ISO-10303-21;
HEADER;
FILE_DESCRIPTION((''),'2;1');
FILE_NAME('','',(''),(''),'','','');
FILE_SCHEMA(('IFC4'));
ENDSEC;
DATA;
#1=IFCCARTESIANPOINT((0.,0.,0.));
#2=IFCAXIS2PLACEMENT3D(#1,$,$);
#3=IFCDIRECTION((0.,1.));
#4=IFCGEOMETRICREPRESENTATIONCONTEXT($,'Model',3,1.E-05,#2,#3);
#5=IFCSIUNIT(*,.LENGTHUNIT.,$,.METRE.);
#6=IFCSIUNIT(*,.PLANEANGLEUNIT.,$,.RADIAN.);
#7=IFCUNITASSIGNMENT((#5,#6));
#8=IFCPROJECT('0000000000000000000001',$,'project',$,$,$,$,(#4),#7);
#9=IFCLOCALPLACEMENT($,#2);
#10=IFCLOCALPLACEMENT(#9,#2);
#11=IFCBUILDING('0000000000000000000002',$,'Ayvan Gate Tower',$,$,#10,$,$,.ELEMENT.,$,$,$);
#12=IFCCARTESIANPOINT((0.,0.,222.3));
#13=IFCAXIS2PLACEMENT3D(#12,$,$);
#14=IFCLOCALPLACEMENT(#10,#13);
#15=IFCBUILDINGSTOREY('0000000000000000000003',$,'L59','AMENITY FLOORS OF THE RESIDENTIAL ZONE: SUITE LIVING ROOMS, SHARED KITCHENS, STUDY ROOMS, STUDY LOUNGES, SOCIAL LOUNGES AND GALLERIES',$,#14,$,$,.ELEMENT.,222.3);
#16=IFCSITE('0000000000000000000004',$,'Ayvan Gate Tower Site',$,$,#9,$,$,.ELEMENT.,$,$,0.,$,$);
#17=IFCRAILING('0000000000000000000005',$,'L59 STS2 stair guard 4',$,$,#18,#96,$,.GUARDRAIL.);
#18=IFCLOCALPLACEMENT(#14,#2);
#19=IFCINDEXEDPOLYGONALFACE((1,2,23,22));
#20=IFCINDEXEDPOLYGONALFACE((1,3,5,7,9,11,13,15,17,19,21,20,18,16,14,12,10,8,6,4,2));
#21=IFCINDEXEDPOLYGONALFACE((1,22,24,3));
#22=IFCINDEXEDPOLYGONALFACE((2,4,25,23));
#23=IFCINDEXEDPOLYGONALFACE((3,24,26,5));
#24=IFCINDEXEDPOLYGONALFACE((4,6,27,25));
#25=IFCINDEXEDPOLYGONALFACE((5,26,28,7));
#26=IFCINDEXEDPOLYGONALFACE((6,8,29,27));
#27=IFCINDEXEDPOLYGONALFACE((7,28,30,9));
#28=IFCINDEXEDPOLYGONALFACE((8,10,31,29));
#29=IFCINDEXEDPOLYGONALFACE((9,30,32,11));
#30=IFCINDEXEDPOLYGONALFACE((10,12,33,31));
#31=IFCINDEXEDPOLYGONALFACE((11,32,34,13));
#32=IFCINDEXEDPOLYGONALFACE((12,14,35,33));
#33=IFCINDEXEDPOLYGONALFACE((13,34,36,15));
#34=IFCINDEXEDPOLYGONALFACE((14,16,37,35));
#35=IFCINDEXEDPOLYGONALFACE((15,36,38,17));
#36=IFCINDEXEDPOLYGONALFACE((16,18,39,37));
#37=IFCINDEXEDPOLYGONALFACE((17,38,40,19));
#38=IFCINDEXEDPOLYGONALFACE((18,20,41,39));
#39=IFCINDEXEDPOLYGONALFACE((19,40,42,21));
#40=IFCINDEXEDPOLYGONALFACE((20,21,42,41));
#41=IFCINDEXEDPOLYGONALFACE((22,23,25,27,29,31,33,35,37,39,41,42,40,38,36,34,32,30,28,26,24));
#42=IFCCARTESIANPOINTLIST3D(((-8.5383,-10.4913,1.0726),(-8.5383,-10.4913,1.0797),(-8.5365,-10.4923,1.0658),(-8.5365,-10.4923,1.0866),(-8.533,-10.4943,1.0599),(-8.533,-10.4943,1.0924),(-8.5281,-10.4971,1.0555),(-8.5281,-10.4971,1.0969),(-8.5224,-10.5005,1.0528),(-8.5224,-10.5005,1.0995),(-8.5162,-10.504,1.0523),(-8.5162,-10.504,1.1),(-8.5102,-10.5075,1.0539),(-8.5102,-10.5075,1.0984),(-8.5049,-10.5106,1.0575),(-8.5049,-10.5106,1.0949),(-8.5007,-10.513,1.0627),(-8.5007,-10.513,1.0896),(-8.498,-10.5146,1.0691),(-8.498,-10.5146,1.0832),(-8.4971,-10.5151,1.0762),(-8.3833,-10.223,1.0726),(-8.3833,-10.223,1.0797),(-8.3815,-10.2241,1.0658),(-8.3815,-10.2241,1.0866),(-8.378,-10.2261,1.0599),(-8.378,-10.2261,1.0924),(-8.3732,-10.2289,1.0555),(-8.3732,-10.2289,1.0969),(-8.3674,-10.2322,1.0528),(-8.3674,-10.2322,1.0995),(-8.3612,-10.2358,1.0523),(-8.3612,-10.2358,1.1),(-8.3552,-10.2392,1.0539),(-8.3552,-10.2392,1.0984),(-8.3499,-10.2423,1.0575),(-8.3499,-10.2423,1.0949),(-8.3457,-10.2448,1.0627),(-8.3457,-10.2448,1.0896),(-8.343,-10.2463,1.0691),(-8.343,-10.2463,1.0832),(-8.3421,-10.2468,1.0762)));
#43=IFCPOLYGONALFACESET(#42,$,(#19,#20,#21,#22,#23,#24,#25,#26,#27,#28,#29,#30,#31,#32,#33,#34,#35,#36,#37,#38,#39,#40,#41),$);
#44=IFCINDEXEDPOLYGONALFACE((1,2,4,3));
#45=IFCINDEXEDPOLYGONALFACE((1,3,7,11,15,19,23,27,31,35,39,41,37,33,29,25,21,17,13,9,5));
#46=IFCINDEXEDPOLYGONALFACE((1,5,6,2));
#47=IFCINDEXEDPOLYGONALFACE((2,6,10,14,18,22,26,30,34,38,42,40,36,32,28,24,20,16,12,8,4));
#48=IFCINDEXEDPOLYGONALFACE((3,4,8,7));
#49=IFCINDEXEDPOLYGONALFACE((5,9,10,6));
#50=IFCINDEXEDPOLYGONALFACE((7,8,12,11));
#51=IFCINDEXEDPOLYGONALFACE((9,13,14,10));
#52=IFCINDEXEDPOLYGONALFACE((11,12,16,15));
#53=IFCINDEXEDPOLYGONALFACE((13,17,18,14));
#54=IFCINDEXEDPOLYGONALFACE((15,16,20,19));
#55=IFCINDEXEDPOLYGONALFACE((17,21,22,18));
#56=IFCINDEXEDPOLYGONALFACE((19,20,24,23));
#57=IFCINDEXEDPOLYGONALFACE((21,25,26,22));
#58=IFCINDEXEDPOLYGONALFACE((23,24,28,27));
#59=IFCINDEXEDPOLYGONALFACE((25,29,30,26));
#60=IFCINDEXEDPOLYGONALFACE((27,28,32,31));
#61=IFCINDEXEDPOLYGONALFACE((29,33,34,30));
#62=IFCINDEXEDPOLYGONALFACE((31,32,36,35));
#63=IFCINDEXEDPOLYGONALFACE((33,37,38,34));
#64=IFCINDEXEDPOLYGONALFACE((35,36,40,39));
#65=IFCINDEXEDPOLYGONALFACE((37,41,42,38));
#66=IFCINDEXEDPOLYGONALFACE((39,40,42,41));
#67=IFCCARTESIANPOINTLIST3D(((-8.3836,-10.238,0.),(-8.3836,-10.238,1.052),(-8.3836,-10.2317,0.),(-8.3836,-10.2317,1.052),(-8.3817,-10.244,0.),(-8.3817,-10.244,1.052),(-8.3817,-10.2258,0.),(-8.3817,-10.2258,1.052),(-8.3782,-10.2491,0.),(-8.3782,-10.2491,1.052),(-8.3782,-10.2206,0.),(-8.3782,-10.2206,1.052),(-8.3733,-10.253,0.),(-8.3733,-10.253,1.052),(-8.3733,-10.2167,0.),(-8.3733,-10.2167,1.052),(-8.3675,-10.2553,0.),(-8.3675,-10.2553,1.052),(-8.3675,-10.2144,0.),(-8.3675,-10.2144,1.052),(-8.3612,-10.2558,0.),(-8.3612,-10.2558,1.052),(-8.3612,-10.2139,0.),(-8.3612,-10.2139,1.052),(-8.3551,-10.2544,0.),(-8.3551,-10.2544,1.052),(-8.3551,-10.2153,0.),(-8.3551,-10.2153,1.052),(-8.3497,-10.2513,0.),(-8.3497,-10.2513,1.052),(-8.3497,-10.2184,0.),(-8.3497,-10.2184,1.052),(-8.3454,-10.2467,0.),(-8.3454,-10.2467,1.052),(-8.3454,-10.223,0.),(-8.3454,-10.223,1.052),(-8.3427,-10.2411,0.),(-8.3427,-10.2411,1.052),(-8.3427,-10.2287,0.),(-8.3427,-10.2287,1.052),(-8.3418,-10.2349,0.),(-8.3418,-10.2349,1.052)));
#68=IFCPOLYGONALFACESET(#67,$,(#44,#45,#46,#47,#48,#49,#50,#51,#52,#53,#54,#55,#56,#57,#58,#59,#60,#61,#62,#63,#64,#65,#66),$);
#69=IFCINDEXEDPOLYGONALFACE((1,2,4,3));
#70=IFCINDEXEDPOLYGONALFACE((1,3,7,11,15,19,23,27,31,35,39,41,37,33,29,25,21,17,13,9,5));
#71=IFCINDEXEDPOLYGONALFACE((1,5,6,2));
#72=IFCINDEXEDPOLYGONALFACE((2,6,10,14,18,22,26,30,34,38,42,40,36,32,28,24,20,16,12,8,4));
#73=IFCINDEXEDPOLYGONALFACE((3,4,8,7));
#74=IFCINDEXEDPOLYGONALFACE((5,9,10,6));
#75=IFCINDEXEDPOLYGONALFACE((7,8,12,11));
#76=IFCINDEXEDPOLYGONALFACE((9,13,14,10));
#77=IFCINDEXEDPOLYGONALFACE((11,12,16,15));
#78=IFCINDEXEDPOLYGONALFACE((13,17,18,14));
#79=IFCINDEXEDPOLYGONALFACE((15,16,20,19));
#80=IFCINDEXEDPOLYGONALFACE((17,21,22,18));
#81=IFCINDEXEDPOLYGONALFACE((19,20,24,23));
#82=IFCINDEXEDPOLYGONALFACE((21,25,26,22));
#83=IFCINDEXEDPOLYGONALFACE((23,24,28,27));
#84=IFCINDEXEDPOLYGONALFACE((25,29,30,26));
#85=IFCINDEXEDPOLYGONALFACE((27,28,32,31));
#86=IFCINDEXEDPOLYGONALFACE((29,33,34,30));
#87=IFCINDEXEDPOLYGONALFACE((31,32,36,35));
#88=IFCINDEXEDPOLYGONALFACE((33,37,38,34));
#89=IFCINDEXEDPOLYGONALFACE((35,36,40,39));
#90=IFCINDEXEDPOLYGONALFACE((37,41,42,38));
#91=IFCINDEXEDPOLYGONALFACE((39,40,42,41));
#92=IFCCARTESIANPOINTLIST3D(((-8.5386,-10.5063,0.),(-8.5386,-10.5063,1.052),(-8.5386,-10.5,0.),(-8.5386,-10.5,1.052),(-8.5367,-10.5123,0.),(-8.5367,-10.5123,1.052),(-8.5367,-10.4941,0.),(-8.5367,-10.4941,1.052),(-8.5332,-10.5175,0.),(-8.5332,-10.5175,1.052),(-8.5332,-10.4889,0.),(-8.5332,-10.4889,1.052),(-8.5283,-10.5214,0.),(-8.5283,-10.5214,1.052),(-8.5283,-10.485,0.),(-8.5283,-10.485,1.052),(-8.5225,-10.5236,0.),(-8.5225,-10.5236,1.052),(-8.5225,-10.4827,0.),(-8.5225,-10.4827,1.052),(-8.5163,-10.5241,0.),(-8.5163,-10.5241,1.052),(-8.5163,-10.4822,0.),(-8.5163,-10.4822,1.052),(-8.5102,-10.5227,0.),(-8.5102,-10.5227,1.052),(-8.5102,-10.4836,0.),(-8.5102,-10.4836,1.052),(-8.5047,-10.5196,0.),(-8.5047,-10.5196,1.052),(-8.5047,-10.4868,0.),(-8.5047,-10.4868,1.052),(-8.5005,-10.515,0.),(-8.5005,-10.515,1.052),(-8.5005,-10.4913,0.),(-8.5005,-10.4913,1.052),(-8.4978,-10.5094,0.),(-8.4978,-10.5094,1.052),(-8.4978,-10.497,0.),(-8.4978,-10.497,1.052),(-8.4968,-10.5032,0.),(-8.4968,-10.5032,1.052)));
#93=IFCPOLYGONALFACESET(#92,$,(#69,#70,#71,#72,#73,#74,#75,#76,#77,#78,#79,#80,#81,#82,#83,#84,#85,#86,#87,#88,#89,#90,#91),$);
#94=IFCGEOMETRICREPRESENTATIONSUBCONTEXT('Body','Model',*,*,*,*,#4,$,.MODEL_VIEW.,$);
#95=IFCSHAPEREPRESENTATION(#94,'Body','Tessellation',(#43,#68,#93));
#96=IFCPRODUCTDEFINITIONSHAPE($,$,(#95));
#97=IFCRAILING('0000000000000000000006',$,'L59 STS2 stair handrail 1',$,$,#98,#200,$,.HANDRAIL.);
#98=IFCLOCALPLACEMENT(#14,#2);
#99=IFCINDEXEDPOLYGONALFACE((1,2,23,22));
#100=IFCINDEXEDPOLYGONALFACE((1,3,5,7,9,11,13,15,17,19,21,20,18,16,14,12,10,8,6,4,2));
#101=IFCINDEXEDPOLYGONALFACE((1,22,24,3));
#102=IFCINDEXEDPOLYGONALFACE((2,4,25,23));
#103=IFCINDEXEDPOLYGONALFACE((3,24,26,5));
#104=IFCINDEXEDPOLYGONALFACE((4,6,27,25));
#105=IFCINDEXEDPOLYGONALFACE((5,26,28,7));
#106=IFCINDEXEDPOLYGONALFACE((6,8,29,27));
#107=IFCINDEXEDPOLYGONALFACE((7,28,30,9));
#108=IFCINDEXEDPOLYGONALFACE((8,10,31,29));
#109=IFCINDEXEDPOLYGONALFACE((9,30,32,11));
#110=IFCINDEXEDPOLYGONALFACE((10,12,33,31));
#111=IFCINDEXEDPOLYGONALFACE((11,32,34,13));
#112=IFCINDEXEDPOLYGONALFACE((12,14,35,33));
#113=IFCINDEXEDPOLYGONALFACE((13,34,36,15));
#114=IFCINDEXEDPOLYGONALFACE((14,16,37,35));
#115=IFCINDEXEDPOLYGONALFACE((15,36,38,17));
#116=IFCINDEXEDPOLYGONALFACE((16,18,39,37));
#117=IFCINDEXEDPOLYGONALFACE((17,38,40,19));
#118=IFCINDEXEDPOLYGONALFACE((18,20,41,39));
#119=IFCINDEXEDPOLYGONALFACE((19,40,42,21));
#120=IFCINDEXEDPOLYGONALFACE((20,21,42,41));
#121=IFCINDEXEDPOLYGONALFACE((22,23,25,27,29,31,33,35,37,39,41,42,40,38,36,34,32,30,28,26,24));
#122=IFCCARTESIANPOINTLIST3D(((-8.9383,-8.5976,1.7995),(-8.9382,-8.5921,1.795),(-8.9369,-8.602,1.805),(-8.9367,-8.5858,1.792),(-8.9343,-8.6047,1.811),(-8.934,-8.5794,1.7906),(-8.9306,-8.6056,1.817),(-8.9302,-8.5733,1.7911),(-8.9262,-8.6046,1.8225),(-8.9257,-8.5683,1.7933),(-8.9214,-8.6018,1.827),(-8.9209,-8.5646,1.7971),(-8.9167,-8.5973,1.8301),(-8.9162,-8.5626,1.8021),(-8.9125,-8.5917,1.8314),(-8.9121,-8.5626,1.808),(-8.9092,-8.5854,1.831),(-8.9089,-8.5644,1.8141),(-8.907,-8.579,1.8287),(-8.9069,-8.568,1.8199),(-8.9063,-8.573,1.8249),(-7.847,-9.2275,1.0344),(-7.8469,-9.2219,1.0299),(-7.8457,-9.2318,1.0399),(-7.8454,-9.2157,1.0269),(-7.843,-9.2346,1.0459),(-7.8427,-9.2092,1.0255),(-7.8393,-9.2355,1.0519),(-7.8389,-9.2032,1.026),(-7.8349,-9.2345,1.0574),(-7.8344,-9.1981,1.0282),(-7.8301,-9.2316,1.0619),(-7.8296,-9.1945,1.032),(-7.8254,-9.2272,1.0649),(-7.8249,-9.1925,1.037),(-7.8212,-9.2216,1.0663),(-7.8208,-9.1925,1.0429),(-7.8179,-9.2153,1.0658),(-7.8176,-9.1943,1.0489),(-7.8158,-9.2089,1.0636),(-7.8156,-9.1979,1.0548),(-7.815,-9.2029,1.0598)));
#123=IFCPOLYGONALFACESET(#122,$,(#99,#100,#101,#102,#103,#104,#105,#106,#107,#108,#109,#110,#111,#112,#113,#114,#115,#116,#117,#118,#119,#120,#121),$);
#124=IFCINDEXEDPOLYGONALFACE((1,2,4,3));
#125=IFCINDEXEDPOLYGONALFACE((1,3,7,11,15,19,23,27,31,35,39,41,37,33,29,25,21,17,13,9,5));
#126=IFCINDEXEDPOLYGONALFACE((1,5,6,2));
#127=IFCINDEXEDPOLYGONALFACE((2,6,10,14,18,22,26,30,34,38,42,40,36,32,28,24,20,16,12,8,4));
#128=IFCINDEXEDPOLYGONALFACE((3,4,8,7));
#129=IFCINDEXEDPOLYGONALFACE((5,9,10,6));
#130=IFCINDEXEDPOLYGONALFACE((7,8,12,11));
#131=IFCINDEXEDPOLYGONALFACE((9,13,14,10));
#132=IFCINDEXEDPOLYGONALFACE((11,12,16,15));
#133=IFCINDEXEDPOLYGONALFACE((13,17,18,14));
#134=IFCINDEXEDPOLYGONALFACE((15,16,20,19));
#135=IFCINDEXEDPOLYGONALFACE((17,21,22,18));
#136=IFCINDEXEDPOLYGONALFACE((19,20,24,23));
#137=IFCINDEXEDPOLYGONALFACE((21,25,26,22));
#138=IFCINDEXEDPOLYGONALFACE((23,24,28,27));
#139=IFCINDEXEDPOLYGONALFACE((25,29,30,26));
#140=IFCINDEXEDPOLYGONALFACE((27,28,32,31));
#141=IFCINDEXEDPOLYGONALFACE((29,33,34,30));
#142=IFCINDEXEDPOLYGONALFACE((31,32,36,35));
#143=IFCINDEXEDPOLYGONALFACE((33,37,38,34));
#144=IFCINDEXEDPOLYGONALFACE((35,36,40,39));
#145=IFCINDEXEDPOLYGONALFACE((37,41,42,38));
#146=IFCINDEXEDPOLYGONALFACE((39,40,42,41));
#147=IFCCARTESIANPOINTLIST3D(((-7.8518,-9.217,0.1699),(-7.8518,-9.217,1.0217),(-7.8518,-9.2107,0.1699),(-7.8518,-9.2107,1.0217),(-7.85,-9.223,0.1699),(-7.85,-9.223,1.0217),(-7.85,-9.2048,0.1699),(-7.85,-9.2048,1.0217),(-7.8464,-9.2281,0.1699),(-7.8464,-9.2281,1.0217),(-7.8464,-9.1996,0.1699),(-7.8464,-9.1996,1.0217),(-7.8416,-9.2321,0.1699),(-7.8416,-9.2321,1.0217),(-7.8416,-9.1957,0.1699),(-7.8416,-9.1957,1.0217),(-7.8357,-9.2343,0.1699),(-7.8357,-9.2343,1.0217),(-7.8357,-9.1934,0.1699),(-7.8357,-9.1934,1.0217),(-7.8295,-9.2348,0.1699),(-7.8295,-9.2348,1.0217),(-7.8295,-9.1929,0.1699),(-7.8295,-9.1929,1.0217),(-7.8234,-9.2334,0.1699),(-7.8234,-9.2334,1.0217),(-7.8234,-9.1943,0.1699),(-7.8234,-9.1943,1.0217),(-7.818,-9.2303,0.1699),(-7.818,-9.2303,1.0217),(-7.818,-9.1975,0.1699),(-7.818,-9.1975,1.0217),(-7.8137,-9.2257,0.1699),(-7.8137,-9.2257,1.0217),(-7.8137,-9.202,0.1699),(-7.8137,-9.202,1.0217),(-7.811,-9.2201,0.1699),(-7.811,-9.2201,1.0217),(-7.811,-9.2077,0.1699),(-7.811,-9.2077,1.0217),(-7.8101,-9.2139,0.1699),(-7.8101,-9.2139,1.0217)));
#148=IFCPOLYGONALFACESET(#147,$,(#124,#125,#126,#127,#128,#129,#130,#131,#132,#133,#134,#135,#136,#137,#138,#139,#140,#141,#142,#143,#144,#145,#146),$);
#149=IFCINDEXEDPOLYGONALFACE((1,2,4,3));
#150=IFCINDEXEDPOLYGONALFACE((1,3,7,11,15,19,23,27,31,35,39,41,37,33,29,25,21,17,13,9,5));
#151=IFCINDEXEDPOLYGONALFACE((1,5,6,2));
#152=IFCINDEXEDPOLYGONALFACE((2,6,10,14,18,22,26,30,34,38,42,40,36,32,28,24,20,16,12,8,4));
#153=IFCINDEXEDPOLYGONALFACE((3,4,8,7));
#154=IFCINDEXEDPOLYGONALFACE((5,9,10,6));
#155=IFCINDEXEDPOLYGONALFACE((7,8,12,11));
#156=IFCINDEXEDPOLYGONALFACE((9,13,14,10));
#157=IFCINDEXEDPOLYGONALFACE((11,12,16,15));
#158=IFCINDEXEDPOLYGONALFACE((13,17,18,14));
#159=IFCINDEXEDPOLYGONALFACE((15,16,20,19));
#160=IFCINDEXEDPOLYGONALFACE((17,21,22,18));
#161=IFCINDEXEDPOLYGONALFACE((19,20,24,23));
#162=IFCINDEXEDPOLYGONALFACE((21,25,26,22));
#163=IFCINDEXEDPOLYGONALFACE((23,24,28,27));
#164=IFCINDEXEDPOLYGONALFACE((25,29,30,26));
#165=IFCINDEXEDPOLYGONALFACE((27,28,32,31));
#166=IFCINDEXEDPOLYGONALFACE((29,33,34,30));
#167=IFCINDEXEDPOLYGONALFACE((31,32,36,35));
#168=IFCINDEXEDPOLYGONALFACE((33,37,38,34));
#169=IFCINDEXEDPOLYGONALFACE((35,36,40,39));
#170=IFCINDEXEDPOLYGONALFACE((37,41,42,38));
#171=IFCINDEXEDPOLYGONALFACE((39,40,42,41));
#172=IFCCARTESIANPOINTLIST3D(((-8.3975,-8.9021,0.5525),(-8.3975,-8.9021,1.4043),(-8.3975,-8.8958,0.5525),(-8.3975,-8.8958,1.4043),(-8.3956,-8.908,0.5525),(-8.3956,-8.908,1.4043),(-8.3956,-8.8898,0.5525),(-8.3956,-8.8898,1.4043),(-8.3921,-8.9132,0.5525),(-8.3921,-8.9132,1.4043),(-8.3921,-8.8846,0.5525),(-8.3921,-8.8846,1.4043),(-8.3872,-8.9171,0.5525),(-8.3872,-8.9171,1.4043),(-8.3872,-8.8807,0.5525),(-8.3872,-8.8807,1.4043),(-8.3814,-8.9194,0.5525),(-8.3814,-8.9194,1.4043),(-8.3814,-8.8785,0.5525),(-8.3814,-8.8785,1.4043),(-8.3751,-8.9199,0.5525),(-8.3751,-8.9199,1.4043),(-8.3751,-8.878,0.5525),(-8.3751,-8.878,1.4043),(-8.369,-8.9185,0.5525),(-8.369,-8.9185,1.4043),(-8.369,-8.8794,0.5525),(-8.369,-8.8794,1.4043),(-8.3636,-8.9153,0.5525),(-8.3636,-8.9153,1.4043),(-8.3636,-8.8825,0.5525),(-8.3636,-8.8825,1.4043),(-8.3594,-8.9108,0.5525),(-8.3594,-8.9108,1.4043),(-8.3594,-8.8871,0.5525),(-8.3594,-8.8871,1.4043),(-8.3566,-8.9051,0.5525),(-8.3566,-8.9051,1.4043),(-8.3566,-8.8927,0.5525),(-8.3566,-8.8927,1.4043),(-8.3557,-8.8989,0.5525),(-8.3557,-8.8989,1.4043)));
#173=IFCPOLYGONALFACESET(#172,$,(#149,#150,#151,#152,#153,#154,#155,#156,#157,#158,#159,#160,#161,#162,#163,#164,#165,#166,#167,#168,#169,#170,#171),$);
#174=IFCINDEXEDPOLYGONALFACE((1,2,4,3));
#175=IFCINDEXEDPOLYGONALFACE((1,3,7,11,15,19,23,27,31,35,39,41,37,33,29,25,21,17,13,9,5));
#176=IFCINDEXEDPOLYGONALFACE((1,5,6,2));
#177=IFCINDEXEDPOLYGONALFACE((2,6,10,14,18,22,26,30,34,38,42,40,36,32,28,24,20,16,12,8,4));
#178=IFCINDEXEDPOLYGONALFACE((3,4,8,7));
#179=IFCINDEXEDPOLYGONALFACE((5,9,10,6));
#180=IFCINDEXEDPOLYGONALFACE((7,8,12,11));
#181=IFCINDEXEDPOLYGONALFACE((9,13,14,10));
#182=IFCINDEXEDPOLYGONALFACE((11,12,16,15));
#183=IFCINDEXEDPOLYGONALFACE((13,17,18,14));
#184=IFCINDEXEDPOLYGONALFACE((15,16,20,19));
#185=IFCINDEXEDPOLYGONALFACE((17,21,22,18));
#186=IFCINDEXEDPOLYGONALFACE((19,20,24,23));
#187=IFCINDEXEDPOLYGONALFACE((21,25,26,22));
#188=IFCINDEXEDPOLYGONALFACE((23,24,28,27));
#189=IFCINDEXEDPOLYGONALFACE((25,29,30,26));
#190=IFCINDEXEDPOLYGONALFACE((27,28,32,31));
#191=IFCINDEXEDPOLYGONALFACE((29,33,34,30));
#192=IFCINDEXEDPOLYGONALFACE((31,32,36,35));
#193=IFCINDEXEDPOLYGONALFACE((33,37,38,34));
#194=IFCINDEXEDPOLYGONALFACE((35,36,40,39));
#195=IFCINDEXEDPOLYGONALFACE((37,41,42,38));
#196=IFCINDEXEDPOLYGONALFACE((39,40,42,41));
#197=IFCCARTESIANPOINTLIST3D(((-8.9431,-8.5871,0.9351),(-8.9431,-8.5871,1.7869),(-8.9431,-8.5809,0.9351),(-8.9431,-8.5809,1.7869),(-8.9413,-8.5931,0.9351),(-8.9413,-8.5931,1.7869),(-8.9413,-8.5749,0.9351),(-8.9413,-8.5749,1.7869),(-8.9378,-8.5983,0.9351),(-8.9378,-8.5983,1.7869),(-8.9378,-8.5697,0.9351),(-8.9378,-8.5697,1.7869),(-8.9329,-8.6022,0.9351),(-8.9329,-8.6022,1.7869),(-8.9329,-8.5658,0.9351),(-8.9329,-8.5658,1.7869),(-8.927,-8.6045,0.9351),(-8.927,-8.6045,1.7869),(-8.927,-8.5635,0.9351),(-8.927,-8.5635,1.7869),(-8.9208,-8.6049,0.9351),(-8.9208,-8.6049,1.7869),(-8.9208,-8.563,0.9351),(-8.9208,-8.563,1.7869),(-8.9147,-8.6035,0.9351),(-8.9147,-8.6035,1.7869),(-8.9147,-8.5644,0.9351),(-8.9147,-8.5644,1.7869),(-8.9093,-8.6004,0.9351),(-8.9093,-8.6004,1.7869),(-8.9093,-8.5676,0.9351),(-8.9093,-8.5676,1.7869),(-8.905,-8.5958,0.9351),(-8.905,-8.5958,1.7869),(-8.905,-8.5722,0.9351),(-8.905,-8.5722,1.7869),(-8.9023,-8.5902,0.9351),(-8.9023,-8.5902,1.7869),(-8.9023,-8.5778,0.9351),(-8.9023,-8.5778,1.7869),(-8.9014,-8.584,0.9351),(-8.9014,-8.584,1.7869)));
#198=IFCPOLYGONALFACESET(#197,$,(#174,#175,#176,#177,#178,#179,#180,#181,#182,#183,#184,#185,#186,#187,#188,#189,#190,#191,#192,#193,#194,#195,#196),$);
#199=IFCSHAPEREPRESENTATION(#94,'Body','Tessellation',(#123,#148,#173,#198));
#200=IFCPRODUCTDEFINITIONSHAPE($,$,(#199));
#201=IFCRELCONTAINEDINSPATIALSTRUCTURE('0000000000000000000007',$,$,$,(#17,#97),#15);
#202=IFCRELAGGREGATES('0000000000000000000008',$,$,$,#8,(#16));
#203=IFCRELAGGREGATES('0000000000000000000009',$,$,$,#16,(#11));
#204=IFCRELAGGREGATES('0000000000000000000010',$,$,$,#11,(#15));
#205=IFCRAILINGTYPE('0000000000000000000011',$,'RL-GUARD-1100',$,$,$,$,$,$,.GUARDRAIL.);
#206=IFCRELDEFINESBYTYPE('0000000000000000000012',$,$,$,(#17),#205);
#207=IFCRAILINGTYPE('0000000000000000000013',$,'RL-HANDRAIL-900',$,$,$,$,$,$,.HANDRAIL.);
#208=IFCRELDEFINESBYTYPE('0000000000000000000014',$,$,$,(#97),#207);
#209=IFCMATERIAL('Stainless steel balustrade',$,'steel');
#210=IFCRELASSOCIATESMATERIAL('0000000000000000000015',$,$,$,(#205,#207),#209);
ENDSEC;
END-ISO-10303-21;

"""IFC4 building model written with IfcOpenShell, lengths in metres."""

from ifc_helpers import new_model, si_unit, direction, frame, origin, origin_2d, place, context, subcontext, project, spatial, circle, extrude, material, type_object, element, save


model = new_model("IFC4")

# Units and contexts
model_context = context("Model", 3, precision=1e-05, world=origin(), true_north=direction((0.0, 1.0)))
body_context = subcontext(model_context, "Body", "Model", "MODEL_VIEW")
ifc_project = project(units=[si_unit("LENGTHUNIT", "METRE"), si_unit("PLANEANGLEUNIT", "RADIAN")], contexts=[model_context])

# Site, building, storey
site_placement = place(None, origin())
site = spatial("IfcSite", under=ifc_project, at=site_placement, Name="Ayvan Gate Tower Site", CompositionType="ELEMENT", RefElevation=0.0)
building_placement = place(site_placement, origin())
building = spatial("IfcBuilding", under=site, at=building_placement, Name="Ayvan Gate Tower", CompositionType="ELEMENT")
storey_placement = place(building_placement, frame((0.0, 0.0, 222.3)))
storey = spatial("IfcBuildingStorey", under=building, at=storey_placement, Name="L59", Description="AMENITY FLOORS OF THE RESIDENTIAL ZONE: SUITE LIVING ROOMS, SHARED KITCHENS, STUDY ROOMS, STUDY LOUNGES, SOCIAL LOUNGES AND GALLERIES", CompositionType="ELEMENT", Elevation=222.3)

# Railings
ifc_material_1 = material(Name="Stainless steel balustrade", Category="steel")
railing_type_1 = type_object("IfcRailingType", Name="RL-GUARD-1100", PredefinedType="GUARDRAIL", material=ifc_material_1)
railing_1_placement = place(storey_placement, frame((-8.3628, -10.2349, 0.0)))
element("IfcRailing", 1, at=railing_1_placement, inside=storey, type_object=railing_type_1, Name="L59 STS2 stair guard 4", PredefinedType="GUARDRAIL", context=body_context, shape_type="SweptSolid", body=[
    extrude(circle(Radius=0.0239, at=origin_2d()), frame((0.0, 0.0, 1.0762), z_axis=(-0.500291, -0.865857, 0.0), x_axis=(0.865857, -0.500291, 0.0)), (0.0, 0.0, 1.0), 0.3098),
    extrude(circle(Radius=0.021, at=origin_2d()), origin(), (0.0, 0.0, 1.0), 1.052),
    extrude(circle(Radius=0.021, at=origin_2d()), frame((-0.155, -0.2683, 0.0)), (0.0, 0.0, 1.0), 1.052),
])
railing_type_2 = type_object("IfcRailingType", Name="RL-HANDRAIL-900", PredefinedType="HANDRAIL", material=ifc_material_1)
railing_2_placement = place(storey_placement, frame((-7.8311, -9.2139, 0.1699)))
element("IfcRailing", 2, at=railing_2_placement, inside=storey, type_object=railing_type_2, Name="L59 STS2 stair handrail 1", PredefinedType="HANDRAIL", context=body_context, shape_type="SweptSolid", body=[
    extrude(circle(Radius=0.0239, at=origin_2d()), frame((0.0, 0.0, 0.876), z_axis=(-0.740293, 0.427283, 0.519033), x_axis=(-0.49989, -0.866089, 0.0)), (0.0, 0.0, 1.0), 1.4741),
    extrude(circle(Radius=0.021, at=origin_2d()), origin(), (0.0, 0.0, 1.0), 0.8518),
    extrude(circle(Radius=0.021, at=origin_2d()), frame((-0.5457, 0.3149, 0.3826)), (0.0, 0.0, 1.0), 0.8518),
    extrude(circle(Radius=0.021, at=origin_2d()), frame((-1.0913, 0.6299, 0.7651)), (0.0, 0.0, 1.0), 0.8518),
])

save(model, "model.ifc")
